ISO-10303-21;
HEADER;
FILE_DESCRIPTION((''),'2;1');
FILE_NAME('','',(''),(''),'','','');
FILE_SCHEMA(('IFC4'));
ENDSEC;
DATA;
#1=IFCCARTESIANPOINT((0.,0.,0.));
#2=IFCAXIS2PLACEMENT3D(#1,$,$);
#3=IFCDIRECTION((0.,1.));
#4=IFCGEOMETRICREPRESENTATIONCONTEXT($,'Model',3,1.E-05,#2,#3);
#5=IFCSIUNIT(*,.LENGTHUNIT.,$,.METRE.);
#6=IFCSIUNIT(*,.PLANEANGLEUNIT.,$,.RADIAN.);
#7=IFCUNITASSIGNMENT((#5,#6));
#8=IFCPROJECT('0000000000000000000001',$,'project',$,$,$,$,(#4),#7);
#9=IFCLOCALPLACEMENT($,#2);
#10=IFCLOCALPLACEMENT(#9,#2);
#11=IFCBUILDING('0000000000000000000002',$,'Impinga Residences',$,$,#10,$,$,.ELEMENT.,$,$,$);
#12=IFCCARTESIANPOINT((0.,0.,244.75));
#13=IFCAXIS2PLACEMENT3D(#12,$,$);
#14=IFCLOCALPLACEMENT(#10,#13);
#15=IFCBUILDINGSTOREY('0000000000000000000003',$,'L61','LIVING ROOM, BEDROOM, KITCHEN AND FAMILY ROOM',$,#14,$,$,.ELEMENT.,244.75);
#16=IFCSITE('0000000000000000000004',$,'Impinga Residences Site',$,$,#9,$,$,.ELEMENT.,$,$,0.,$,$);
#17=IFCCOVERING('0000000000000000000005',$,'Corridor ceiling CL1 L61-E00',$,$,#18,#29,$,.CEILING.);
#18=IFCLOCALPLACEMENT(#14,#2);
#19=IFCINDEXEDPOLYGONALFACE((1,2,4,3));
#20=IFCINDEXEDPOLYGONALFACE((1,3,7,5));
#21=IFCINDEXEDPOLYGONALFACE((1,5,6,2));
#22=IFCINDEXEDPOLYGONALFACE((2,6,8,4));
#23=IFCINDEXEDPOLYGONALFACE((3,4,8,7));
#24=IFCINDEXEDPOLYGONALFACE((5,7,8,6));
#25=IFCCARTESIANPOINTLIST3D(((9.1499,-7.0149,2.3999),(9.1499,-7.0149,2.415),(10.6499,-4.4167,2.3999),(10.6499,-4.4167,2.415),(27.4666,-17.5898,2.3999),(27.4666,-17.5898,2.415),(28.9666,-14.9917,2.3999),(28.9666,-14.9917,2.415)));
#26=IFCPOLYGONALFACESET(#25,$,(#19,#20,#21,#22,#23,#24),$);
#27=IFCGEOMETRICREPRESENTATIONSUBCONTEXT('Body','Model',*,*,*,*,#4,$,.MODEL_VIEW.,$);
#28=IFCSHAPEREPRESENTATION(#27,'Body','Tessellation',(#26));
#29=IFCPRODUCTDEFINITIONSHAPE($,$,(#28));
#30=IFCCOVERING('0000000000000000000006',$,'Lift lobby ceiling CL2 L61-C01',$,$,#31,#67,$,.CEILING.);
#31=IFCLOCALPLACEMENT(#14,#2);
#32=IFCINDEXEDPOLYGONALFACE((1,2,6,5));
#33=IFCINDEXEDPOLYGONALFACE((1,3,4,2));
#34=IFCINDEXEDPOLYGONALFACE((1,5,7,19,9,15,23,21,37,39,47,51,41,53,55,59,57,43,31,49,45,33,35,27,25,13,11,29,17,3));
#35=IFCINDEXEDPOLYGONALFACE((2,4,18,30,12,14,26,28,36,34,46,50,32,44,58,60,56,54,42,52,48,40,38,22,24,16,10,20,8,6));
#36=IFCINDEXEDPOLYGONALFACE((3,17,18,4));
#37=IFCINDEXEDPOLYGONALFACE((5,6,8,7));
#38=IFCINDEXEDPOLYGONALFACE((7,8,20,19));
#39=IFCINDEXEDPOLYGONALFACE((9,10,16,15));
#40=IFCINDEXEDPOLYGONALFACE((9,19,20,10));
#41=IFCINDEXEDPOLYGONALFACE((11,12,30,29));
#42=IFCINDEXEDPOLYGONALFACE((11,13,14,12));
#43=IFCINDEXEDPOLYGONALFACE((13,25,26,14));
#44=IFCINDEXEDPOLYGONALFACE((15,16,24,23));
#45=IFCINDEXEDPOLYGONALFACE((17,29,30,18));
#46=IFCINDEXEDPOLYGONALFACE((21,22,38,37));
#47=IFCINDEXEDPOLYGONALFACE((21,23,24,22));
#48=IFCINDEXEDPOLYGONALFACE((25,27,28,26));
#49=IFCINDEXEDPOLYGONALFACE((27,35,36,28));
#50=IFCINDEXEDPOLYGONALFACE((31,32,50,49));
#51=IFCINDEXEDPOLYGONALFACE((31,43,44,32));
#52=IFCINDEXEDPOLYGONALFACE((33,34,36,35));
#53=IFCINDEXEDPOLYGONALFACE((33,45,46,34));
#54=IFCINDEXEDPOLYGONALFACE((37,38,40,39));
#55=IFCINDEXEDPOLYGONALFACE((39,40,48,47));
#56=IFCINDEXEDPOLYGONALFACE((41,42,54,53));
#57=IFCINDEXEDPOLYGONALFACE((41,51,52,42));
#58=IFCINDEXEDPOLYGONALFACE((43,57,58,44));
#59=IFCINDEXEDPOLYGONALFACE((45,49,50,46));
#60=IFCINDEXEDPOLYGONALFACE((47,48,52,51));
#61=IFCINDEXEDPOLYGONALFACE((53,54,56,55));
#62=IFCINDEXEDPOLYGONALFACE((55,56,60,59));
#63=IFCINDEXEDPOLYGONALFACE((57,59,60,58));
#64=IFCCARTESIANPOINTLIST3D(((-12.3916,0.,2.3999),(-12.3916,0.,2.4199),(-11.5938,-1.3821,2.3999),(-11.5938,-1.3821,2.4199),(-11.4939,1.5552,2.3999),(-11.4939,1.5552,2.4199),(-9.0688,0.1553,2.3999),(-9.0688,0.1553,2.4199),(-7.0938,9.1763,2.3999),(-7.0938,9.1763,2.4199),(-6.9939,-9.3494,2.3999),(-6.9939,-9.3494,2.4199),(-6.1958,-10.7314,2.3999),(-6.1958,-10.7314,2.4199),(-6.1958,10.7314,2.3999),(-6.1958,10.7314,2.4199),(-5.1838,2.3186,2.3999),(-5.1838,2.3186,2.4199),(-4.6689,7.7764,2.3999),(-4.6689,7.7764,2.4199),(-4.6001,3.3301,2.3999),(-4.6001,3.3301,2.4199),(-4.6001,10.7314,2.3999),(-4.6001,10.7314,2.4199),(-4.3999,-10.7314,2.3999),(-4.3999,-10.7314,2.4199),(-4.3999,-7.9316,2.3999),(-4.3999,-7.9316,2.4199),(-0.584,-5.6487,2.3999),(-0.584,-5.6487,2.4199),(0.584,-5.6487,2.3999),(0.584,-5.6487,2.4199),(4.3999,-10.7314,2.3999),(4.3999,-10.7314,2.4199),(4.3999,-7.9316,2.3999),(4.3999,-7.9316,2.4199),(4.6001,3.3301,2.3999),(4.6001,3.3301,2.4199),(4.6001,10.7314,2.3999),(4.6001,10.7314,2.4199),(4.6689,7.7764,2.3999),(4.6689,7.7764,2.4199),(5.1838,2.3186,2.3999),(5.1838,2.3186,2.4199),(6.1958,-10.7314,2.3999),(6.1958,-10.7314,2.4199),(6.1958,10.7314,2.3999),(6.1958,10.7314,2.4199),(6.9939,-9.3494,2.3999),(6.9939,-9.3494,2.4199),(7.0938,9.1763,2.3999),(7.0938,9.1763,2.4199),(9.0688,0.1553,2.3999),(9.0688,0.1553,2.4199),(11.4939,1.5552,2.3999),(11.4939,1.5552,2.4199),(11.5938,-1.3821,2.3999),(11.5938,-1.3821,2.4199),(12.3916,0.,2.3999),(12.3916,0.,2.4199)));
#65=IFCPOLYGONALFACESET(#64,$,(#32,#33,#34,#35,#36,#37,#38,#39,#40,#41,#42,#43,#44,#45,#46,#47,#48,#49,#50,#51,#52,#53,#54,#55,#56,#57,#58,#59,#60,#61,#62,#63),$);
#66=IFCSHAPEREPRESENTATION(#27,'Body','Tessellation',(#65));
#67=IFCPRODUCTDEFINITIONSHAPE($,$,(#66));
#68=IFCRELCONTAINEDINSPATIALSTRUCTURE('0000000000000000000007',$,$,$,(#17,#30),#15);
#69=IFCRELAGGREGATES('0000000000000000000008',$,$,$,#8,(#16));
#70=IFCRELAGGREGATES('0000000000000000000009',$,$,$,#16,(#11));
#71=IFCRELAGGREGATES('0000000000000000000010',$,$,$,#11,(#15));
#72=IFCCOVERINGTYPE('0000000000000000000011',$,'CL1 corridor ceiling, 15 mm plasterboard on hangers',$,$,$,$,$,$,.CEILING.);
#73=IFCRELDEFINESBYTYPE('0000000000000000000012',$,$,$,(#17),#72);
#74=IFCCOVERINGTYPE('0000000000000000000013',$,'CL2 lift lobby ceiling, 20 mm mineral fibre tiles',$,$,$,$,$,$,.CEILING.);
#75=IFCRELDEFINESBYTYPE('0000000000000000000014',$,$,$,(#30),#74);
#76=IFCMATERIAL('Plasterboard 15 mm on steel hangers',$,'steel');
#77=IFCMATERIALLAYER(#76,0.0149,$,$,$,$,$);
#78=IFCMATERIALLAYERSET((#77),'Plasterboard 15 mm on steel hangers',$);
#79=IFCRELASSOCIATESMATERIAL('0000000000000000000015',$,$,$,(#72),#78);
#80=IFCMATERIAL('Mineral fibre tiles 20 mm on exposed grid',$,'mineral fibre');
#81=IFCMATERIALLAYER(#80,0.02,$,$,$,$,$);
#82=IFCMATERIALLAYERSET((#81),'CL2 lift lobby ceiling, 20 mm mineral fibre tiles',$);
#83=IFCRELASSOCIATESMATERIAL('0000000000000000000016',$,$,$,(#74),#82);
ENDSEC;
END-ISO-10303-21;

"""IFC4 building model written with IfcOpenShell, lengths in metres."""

from ifc_helpers import new_model, si_unit, direction, frame, origin, place, context, subcontext, project, spatial, polyline, outline, extrude, material, layer, layer_set, type_object, element, save


model = new_model("IFC4")

# Units and contexts
model_context = context("Model", 3, precision=1e-05, world=origin(), true_north=direction((0.0, 1.0)))
body_context = subcontext(model_context, "Body", "Model", "MODEL_VIEW")
ifc_project = project(units=[si_unit("LENGTHUNIT", "METRE"), si_unit("PLANEANGLEUNIT", "RADIAN")], contexts=[model_context])

# Site, building, storey
site_placement = place(None, origin())
site = spatial("IfcSite", under=ifc_project, at=site_placement, Name="Impinga Residences Site", CompositionType="ELEMENT", RefElevation=0.0)
building_placement = place(site_placement, origin())
building = spatial("IfcBuilding", under=site, at=building_placement, Name="Impinga Residences", CompositionType="ELEMENT")
storey_placement = place(building_placement, frame((0.0, 0.0, 244.75)))
storey = spatial("IfcBuildingStorey", under=building, at=storey_placement, Name="L61", Description="LIVING ROOM, BEDROOM, KITCHEN AND FAMILY ROOM", CompositionType="ELEMENT", Elevation=244.75)

# Coverings
ifc_material_1 = material(Name="Plasterboard 15 mm on steel hangers", Category="steel")
ifc_layer_1 = layer(ifc_material_1, 0.0149)
ifc_layer_set_1 = layer_set([ifc_layer_1], Name="Plasterboard 15 mm on steel hangers")
covering_type_1 = type_object("IfcCoveringType", Name="CL1 corridor ceiling, 15 mm plasterboard on hangers", PredefinedType="CEILING", material=ifc_layer_set_1)
covering_1_placement = place(storey_placement, frame((0.0, 0.0, 2.3999)))
element("IfcCovering", 1, at=covering_1_placement, inside=storey, type_object=covering_type_1, Name="Corridor ceiling CL1 L61-E00", PredefinedType="CEILING", context=body_context, shape_type="SweptSolid", body=[
    extrude(outline(polyline([(10.6499, -4.4167), (9.1499, -7.0149), (27.4666, -17.5898), (28.9666, -14.9917), (10.6499, -4.4167)])), origin(), (0.0, 0.0, 1.0), 0.0151),
])
ifc_material_2 = material(Name="Mineral fibre tiles 20 mm on exposed grid", Category="mineral fibre")
ifc_layer_2 = layer(ifc_material_2, 0.02)
ifc_layer_set_2 = layer_set([ifc_layer_2], Name="CL2 lift lobby ceiling, 20 mm mineral fibre tiles")
covering_type_2 = type_object("IfcCoveringType", Name="CL2 lift lobby ceiling, 20 mm mineral fibre tiles", PredefinedType="CEILING", material=ifc_layer_set_2)
covering_2_placement = place(storey_placement, frame((0.0, 0.0, 2.3999)))
element("IfcCovering", 2, at=covering_2_placement, inside=storey, type_object=covering_type_2, Name="Lift lobby ceiling CL2 L61-C01", PredefinedType="CEILING", context=body_context, shape_type="SweptSolid", body=[
    extrude(outline(polyline([(12.3916, 0.0), (11.5938, -1.3821), (5.1838, 2.3186), (0.584, -5.6487), (6.9939, -9.3494), (6.1958, -10.7314), (4.3999, -10.7314), (4.3999, -7.9316), (-4.3999, -7.9316), (-4.3999, -10.7314), (-6.1958, -10.7314), (-6.9939, -9.3494), (-0.584, -5.6487), (-5.1838, 2.3186), (-11.5938, -1.3821), (-12.3916, 0.0), (-11.4939, 1.5552), (-9.0688, 0.1553), (-4.6689, 7.7764), (-7.0938, 9.1763), (-6.1958, 10.7314), (-4.6001, 10.7314), (-4.6001, 3.3301), (4.6001, 3.3301), (4.6001, 10.7314), (6.1958, 10.7314), (7.0938, 9.1763), (4.6689, 7.7764), (9.0688, 0.1553), (11.4939, 1.5552), (12.3916, 0.0)])), origin(), (0.0, 0.0, 1.0), 0.02),
])

save(model, "model.ifc")
